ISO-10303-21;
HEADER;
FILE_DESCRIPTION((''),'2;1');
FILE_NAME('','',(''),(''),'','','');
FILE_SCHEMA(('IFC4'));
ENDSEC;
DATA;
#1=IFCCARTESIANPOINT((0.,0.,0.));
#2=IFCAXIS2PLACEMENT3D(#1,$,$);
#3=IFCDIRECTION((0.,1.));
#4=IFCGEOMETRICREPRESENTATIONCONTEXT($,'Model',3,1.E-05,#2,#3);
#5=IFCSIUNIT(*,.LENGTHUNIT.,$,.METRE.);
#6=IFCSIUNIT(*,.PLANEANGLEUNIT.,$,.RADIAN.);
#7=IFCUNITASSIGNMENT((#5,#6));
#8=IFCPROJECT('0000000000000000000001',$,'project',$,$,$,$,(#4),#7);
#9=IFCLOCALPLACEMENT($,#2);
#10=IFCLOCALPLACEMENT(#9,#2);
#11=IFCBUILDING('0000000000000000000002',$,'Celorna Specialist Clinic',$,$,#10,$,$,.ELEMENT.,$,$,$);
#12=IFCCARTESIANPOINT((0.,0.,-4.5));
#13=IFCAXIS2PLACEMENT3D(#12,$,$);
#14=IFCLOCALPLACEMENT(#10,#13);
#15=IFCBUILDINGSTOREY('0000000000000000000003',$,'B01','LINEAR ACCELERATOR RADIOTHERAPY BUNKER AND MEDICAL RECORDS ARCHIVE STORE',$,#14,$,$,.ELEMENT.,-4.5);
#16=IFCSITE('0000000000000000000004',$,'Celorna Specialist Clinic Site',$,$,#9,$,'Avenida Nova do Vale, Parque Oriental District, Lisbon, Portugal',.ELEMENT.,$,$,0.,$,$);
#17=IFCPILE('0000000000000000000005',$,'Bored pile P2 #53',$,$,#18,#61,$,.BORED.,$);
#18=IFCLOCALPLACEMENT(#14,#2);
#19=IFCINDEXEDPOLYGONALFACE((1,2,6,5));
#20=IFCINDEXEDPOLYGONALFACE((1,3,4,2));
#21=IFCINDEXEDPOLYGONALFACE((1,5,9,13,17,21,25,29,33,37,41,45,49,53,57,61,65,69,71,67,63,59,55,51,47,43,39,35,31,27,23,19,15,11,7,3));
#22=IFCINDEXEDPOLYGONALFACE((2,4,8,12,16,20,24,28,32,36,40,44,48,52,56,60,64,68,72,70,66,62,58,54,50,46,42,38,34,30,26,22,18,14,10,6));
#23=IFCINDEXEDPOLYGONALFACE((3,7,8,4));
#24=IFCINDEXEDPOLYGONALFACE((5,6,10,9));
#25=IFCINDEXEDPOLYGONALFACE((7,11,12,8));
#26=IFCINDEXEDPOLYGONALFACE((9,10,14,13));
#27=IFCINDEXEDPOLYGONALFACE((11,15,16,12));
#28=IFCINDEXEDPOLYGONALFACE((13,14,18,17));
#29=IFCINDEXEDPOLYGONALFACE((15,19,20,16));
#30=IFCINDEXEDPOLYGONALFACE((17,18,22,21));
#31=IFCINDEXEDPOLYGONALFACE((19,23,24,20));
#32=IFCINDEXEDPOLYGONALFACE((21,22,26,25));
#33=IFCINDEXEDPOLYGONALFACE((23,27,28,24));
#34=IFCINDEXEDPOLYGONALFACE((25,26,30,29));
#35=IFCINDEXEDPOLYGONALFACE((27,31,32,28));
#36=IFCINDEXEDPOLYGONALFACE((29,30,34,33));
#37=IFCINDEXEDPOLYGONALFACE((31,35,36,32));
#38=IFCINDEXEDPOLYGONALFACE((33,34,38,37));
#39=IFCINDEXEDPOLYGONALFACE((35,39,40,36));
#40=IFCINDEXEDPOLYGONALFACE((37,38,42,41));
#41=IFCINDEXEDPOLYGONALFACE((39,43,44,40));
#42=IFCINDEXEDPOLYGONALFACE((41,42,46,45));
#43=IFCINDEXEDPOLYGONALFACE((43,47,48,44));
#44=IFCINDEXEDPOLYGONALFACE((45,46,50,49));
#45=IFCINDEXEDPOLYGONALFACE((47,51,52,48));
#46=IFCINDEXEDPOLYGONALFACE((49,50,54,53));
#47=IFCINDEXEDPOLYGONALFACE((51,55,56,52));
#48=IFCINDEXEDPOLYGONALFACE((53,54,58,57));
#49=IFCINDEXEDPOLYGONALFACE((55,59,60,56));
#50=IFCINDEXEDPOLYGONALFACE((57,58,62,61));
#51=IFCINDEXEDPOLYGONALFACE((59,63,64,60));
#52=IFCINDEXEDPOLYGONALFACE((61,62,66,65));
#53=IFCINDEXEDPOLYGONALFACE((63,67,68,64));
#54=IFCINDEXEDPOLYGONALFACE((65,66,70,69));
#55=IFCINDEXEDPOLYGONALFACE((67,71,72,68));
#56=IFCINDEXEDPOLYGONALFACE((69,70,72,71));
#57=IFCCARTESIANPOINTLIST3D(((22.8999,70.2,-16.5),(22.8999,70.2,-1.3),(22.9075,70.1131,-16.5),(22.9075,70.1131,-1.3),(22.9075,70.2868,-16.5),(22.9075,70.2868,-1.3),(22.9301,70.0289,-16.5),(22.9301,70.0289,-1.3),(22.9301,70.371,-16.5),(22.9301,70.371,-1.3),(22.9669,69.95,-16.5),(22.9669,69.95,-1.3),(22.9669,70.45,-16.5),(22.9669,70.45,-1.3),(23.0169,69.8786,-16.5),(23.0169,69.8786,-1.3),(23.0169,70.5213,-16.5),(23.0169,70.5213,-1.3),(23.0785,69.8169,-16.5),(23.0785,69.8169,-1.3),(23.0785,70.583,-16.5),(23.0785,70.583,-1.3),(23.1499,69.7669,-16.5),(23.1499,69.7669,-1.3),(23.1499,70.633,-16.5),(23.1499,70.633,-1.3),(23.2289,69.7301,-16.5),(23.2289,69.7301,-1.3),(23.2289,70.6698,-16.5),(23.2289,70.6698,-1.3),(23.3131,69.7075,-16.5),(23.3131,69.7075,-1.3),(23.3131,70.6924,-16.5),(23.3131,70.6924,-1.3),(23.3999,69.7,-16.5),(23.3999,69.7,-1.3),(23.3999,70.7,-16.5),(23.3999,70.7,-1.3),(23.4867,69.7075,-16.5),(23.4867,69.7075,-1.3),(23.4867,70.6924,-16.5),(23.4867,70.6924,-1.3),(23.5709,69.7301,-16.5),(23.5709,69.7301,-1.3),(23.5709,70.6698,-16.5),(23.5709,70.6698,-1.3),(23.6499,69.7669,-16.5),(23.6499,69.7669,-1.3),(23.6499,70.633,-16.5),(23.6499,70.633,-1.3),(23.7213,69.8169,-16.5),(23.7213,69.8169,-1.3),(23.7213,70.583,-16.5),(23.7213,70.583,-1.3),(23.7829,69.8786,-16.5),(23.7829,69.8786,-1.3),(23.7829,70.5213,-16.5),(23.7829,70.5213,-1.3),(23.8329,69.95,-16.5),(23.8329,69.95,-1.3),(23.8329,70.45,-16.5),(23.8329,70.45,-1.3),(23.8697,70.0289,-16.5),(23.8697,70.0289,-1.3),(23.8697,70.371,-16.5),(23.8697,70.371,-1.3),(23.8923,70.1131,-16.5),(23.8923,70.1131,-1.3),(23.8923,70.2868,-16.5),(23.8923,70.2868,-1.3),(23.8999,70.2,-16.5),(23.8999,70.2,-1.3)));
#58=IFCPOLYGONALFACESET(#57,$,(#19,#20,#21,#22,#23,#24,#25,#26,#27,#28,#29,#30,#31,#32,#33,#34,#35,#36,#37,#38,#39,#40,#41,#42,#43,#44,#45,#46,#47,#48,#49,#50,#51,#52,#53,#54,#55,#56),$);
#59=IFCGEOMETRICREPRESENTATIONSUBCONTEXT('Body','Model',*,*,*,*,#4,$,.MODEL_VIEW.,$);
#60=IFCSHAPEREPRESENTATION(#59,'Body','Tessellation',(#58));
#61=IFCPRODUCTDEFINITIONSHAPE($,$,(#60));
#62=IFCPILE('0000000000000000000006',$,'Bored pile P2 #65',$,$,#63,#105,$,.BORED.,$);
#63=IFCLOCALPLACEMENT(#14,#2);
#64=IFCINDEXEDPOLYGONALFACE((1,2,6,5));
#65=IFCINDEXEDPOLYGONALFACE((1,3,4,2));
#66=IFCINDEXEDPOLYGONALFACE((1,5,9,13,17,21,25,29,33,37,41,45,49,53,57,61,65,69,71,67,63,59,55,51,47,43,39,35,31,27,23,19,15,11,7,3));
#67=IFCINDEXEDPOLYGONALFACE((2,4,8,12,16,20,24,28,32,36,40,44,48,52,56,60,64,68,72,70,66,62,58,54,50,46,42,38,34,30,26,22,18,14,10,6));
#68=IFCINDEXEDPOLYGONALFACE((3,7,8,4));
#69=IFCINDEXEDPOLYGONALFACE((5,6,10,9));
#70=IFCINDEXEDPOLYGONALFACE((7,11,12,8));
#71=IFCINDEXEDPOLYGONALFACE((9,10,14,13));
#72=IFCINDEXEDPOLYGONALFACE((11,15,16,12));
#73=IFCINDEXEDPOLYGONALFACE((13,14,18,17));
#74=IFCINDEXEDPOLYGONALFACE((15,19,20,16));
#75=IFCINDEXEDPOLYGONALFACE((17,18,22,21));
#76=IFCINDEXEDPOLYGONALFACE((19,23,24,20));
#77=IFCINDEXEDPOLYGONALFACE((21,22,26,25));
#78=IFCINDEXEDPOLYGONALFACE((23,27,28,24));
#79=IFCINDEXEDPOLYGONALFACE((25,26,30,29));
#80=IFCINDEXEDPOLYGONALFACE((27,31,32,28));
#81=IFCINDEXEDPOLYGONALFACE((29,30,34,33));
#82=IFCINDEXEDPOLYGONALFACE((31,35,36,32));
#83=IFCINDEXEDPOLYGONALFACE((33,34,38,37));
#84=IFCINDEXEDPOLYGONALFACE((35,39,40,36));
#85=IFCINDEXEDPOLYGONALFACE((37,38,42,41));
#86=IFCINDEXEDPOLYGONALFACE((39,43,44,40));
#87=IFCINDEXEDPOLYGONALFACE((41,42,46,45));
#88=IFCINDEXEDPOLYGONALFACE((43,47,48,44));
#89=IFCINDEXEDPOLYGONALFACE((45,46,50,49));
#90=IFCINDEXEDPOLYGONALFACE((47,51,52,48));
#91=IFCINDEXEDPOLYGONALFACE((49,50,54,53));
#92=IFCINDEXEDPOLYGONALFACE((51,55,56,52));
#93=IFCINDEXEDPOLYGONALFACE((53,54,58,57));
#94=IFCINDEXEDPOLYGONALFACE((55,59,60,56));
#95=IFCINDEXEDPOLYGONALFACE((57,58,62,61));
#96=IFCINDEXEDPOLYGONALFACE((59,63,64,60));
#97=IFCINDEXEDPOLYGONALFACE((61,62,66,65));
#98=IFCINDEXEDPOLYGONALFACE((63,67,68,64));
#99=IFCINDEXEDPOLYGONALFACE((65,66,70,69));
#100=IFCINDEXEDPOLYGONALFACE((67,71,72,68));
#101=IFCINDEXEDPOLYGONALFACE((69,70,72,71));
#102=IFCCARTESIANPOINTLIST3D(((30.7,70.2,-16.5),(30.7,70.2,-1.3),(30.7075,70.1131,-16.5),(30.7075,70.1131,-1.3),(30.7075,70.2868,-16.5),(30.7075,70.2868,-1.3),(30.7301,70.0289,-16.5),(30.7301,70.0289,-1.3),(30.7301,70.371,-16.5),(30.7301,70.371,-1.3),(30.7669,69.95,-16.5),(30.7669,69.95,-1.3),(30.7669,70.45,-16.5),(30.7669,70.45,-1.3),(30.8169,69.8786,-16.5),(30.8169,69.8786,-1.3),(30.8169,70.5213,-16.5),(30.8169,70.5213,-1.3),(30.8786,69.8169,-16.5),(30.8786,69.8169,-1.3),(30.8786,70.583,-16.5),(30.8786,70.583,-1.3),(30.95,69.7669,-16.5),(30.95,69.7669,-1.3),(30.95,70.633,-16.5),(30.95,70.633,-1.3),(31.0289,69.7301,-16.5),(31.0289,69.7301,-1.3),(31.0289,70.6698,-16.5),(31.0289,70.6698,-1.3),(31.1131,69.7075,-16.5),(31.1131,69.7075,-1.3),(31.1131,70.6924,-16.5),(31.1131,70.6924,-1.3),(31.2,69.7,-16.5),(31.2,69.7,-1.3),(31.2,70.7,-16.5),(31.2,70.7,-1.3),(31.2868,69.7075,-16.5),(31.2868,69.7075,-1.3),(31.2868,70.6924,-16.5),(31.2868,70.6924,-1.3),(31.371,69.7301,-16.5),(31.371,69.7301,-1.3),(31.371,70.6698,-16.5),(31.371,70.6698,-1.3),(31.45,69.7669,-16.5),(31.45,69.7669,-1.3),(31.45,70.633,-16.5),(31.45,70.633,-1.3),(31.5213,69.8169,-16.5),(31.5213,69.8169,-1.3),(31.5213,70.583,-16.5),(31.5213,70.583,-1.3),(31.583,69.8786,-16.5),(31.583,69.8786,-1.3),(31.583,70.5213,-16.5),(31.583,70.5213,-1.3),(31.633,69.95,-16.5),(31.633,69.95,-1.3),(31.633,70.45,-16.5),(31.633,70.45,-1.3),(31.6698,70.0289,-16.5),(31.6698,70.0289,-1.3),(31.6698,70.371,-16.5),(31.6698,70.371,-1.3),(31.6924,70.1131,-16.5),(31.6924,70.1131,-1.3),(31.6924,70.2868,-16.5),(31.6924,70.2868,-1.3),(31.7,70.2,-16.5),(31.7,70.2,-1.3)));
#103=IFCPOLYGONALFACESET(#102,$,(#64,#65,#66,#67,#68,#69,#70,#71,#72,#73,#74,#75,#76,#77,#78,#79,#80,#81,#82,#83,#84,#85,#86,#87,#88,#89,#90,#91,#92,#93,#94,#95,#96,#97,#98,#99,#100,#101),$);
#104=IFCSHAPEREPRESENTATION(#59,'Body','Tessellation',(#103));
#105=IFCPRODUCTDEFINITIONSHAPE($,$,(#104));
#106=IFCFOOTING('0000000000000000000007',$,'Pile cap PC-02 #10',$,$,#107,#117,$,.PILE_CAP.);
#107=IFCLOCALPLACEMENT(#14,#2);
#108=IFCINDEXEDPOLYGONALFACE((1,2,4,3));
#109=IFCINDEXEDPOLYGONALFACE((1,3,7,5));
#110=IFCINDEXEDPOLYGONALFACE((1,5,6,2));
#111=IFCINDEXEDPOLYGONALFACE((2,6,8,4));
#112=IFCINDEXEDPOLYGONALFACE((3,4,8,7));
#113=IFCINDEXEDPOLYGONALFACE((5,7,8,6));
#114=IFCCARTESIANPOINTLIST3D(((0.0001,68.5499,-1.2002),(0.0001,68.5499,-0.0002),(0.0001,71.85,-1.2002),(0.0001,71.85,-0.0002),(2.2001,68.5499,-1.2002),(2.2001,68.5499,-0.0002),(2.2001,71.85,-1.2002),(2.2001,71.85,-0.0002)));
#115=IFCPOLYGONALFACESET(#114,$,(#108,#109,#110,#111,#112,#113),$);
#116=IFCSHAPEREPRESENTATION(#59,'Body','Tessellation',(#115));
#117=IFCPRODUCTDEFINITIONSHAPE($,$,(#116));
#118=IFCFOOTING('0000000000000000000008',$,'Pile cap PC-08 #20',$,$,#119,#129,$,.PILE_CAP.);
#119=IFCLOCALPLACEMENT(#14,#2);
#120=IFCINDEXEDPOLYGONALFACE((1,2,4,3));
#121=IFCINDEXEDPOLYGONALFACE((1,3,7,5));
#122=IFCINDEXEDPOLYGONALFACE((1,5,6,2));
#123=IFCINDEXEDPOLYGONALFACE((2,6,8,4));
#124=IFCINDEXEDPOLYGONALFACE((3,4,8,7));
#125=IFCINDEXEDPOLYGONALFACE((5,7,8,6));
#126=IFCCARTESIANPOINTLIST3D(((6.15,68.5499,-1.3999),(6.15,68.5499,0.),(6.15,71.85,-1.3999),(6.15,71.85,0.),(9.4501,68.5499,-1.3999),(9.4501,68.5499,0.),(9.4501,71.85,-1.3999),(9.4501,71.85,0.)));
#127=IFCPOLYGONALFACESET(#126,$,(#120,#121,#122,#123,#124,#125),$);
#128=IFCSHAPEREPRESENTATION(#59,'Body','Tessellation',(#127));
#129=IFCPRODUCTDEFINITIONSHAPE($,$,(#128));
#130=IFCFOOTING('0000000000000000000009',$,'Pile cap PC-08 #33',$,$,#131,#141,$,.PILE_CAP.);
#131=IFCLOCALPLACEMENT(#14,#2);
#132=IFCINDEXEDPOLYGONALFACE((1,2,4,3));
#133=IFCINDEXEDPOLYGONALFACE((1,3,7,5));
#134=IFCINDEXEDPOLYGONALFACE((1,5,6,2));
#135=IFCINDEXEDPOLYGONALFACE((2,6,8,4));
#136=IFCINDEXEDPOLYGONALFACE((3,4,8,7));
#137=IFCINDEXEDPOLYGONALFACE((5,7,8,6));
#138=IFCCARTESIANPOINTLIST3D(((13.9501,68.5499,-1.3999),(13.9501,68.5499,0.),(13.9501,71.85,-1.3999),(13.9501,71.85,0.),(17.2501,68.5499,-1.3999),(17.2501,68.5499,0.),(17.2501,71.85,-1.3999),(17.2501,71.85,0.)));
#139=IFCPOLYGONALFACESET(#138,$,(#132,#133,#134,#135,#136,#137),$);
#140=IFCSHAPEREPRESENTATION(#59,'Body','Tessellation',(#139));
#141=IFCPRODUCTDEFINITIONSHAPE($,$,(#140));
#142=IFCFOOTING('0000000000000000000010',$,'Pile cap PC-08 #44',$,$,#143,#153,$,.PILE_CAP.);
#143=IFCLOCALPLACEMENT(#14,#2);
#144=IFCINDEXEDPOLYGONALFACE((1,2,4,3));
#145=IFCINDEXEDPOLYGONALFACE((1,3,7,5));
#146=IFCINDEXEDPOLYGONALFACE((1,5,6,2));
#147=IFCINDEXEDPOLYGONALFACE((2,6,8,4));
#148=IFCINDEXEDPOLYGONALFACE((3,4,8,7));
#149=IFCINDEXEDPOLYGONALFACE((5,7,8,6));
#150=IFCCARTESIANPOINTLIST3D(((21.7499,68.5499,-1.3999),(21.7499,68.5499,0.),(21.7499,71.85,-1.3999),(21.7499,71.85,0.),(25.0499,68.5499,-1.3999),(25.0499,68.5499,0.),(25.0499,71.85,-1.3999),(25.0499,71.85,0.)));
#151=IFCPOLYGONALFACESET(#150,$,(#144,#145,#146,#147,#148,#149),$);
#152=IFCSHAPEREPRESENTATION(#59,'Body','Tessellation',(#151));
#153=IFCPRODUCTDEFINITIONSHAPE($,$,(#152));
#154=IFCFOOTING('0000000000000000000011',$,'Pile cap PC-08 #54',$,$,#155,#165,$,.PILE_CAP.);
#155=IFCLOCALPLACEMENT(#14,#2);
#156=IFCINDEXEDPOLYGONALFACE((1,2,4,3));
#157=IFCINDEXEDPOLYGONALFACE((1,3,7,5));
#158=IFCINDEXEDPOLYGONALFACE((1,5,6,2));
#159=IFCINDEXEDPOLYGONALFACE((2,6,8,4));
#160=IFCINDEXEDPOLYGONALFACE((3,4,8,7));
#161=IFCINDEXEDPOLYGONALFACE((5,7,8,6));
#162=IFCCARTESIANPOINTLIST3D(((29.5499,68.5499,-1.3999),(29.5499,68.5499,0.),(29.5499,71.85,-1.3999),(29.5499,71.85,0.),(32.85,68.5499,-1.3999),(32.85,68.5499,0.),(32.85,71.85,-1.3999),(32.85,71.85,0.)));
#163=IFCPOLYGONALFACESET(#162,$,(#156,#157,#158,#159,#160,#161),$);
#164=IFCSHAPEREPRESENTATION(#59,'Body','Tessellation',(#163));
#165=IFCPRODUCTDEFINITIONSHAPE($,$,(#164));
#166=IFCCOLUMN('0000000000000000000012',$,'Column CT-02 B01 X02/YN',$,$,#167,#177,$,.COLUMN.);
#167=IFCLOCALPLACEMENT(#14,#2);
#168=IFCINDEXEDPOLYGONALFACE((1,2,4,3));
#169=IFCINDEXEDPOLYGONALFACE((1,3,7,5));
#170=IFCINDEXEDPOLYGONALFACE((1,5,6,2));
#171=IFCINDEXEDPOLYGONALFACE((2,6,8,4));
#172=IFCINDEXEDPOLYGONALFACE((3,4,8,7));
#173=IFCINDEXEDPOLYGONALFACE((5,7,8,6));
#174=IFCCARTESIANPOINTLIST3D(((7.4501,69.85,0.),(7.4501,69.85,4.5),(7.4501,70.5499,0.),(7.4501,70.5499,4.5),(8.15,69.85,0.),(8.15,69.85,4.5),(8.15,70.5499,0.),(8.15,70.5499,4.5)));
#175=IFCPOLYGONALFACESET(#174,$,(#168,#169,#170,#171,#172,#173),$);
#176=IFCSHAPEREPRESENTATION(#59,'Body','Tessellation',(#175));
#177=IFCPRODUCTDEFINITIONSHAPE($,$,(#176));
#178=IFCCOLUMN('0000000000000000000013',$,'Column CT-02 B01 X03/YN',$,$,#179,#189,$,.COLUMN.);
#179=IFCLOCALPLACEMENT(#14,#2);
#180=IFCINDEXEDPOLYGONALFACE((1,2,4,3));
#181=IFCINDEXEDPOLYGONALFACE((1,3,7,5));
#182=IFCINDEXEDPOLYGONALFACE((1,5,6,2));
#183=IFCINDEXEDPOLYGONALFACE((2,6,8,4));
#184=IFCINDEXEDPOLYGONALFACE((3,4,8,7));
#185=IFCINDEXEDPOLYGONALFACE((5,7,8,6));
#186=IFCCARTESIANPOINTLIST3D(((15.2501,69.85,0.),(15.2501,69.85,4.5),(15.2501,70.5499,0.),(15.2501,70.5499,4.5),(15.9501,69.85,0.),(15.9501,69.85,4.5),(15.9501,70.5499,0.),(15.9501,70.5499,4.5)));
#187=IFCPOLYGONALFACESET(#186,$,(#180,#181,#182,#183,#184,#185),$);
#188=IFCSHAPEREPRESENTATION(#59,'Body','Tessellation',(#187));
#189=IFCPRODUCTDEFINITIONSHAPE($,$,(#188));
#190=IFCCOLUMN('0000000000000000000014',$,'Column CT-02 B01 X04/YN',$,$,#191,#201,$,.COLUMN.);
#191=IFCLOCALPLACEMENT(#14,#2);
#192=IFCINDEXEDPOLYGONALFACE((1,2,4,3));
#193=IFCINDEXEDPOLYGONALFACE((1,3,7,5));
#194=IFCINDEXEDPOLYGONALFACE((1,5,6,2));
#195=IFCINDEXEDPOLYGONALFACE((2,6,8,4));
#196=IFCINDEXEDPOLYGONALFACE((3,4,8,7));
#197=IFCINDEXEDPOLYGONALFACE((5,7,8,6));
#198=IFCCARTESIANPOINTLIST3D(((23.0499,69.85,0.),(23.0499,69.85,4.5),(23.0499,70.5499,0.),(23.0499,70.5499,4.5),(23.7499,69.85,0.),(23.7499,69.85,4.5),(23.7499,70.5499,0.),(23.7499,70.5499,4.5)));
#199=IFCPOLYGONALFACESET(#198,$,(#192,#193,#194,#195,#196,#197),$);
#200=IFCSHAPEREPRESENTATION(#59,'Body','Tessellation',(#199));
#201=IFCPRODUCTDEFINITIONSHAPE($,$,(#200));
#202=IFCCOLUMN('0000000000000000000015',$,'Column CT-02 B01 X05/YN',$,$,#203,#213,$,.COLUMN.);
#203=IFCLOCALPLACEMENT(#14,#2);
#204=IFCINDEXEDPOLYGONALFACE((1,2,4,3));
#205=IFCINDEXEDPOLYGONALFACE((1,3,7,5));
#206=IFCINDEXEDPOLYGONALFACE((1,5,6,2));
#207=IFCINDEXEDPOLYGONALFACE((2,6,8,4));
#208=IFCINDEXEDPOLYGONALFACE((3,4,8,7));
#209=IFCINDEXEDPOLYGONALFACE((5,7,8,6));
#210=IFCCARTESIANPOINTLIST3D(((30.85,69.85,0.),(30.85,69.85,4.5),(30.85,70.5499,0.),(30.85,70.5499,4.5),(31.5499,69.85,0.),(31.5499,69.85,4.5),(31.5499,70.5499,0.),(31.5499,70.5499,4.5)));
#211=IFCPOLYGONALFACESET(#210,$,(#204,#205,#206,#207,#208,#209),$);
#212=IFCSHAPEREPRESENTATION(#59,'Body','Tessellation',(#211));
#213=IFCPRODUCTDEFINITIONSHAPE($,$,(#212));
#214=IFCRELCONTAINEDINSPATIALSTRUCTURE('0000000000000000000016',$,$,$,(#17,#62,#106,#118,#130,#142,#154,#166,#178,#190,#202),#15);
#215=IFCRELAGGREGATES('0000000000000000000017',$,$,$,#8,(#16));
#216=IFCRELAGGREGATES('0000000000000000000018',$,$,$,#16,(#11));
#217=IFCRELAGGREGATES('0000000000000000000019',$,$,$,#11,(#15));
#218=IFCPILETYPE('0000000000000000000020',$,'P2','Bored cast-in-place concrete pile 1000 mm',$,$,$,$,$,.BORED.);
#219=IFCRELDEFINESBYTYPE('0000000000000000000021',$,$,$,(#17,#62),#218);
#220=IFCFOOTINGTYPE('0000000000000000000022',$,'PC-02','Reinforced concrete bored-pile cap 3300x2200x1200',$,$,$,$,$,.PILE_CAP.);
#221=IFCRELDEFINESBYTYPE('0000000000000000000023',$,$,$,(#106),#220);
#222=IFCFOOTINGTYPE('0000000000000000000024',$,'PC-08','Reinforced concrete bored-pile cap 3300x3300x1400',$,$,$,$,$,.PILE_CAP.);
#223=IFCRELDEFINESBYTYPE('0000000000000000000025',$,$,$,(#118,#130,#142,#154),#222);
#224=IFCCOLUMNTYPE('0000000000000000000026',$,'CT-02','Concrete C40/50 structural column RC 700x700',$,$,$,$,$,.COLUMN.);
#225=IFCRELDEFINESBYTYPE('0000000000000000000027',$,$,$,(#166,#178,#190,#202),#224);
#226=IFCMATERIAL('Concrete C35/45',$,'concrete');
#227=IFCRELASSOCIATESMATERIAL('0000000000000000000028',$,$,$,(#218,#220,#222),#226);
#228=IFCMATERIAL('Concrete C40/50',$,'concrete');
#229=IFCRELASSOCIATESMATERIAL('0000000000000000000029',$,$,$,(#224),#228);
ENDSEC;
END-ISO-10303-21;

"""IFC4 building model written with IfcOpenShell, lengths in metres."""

from ifc_helpers import new_model, si_unit, direction, frame, origin, origin_2d, place, context, subcontext, project, spatial, rectangle, circle, extrude, material, material_profile, profile_set, type_object, element, save


model = new_model("IFC4")

# Units and contexts
model_context = context("Model", 3, precision=1e-05, world=origin(), true_north=direction((0.0, 1.0)))
body_context = subcontext(model_context, "Body", "Model", "MODEL_VIEW")
ifc_project = project(units=[si_unit("LENGTHUNIT", "METRE"), si_unit("PLANEANGLEUNIT", "RADIAN")], contexts=[model_context])

# Site, building, storey
site_placement = place(None, origin())
site = spatial("IfcSite", under=ifc_project, at=site_placement, Name="Celorna Specialist Clinic Site", LongName="Avenida Nova do Vale, Parque Oriental District, Lisbon, Portugal", CompositionType="ELEMENT", RefElevation=0.0)
building_placement = place(site_placement, origin())
building = spatial("IfcBuilding", under=site, at=building_placement, Name="Celorna Specialist Clinic", CompositionType="ELEMENT")
storey_placement = place(building_placement, frame((0.0, 0.0, -4.5)))
storey = spatial("IfcBuildingStorey", under=building, at=storey_placement, Name="B01", Description="LINEAR ACCELERATOR RADIOTHERAPY BUNKER AND MEDICAL RECORDS ARCHIVE STORE", CompositionType="ELEMENT", Elevation=-4.5)

# Shared definitions
ifc_material_1 = material(Name="Concrete C35/45", Category="concrete")

# Piles
ifc_material_profile_1 = material_profile(ifc_material_1, circle(Radius=0.5, at=origin_2d()), Name="BORED PILE 1000")
ifc_profile_set_1 = profile_set([ifc_material_profile_1], Name="Concrete C35/45")
pile_type_1 = type_object("IfcPileType", Name="P2", Description="Bored cast-in-place concrete pile 1000 mm", PredefinedType="BORED", material=ifc_profile_set_1)
for number, where, z_axis, x_axis, name in (
    (1, (23.3999, 70.2, -1.3), (0.0, 0.0, -1.0), (1.0, 0.0, 0.0), "Bored pile P2 #53"),
    (2, (31.2, 70.2, -1.3), (0.0, 0.0, -1.0), (1.0, 0.0, 0.0), "Bored pile P2 #65"),
):
    element("IfcPile", number, at=place(storey_placement, frame(where, z_axis=z_axis, x_axis=x_axis)), inside=storey, type_object=pile_type_1, Name=name, PredefinedType="BORED", context=body_context, shape_type="SweptSolid", body=[
        extrude(circle(Radius=0.5, at=origin_2d()), origin(), (0.0, 0.0, 1.0), 15.2),
    ])

# Footings
footing_type_1 = type_object("IfcFootingType", Name="PC-02", Description="Reinforced concrete bored-pile cap 3300x2200x1200", PredefinedType="PILE_CAP", material=ifc_material_1)
footing_1_placement = place(storey_placement, frame((1.1001, 70.2, -1.2002), z_axis=(0.0, 0.0, 1.0), x_axis=(1.0, 0.0, 0.0)))
element("IfcFooting", 3, at=footing_1_placement, inside=storey, type_object=footing_type_1, Name="Pile cap PC-02 #10", PredefinedType="PILE_CAP", context=body_context, shape_type="SweptSolid", body=[
    extrude(rectangle(XDim=2.2, YDim=3.3, at=origin_2d()), origin(), (0.0, 0.0, 1.0), 1.2),
])
footing_type_2 = type_object("IfcFootingType", Name="PC-08", Description="Reinforced concrete bored-pile cap 3300x3300x1400", PredefinedType="PILE_CAP", material=ifc_material_1)
for number, where, z_axis, x_axis, name in (
    (4, (7.8, 70.2, -1.3999), (0.0, 0.0, 1.0), (1.0, 0.0, 0.0), "Pile cap PC-08 #20"),
    (5, (15.6001, 70.2, -1.3999), (0.0, 0.0, 1.0), (1.0, 0.0, 0.0), "Pile cap PC-08 #33"),
    (6, (23.3999, 70.2, -1.3999), (0.0, 0.0, 1.0), (1.0, 0.0, 0.0), "Pile cap PC-08 #44"),
    (7, (31.2, 70.2, -1.3999), (0.0, 0.0, 1.0), (1.0, 0.0, 0.0), "Pile cap PC-08 #54"),
):
    element("IfcFooting", number, at=place(storey_placement, frame(where, z_axis=z_axis, x_axis=x_axis)), inside=storey, type_object=footing_type_2, Name=name, PredefinedType="PILE_CAP", context=body_context, shape_type="SweptSolid", body=[
        extrude(rectangle(XDim=3.3, YDim=3.3, at=origin_2d()), origin(), (0.0, 0.0, 1.0), 1.3999),
    ])

# Columns
ifc_material_2 = material(Name="Concrete C40/50", Category="concrete")
ifc_material_profile_2 = material_profile(ifc_material_2, rectangle(XDim=0.7, YDim=0.7, at=origin_2d()), Name="RC 700x700")
ifc_profile_set_2 = profile_set([ifc_material_profile_2], Name="Concrete C40/50")
column_type = type_object("IfcColumnType", Name="CT-02", Description="Concrete C40/50 structural column RC 700x700", PredefinedType="COLUMN", material=ifc_profile_set_2)
for number, where, z_axis, x_axis, name in (
    (8, (7.8, 70.2, 0.0), (0.0, 0.0, 1.0), (1.0, 0.0, 0.0), "Column CT-02 B01 X02/YN"),
    (9, (15.6001, 70.2, 0.0), (0.0, 0.0, 1.0), (1.0, 0.0, 0.0), "Column CT-02 B01 X03/YN"),
    (10, (23.3999, 70.2, 0.0), (0.0, 0.0, 1.0), (1.0, 0.0, 0.0), "Column CT-02 B01 X04/YN"),
    (11, (31.2, 70.2, 0.0), (0.0, 0.0, 1.0), (1.0, 0.0, 0.0), "Column CT-02 B01 X05/YN"),
):
    element("IfcColumn", number, at=place(storey_placement, frame(where, z_axis=z_axis, x_axis=x_axis)), inside=storey, type_object=column_type, Name=name, PredefinedType="COLUMN", context=body_context, shape_type="SweptSolid", body=[
        extrude(rectangle(XDim=0.7, YDim=0.7, at=origin_2d()), origin(), (0.0, 0.0, 1.0), 4.5),
    ])

save(model, "model.ifc")
